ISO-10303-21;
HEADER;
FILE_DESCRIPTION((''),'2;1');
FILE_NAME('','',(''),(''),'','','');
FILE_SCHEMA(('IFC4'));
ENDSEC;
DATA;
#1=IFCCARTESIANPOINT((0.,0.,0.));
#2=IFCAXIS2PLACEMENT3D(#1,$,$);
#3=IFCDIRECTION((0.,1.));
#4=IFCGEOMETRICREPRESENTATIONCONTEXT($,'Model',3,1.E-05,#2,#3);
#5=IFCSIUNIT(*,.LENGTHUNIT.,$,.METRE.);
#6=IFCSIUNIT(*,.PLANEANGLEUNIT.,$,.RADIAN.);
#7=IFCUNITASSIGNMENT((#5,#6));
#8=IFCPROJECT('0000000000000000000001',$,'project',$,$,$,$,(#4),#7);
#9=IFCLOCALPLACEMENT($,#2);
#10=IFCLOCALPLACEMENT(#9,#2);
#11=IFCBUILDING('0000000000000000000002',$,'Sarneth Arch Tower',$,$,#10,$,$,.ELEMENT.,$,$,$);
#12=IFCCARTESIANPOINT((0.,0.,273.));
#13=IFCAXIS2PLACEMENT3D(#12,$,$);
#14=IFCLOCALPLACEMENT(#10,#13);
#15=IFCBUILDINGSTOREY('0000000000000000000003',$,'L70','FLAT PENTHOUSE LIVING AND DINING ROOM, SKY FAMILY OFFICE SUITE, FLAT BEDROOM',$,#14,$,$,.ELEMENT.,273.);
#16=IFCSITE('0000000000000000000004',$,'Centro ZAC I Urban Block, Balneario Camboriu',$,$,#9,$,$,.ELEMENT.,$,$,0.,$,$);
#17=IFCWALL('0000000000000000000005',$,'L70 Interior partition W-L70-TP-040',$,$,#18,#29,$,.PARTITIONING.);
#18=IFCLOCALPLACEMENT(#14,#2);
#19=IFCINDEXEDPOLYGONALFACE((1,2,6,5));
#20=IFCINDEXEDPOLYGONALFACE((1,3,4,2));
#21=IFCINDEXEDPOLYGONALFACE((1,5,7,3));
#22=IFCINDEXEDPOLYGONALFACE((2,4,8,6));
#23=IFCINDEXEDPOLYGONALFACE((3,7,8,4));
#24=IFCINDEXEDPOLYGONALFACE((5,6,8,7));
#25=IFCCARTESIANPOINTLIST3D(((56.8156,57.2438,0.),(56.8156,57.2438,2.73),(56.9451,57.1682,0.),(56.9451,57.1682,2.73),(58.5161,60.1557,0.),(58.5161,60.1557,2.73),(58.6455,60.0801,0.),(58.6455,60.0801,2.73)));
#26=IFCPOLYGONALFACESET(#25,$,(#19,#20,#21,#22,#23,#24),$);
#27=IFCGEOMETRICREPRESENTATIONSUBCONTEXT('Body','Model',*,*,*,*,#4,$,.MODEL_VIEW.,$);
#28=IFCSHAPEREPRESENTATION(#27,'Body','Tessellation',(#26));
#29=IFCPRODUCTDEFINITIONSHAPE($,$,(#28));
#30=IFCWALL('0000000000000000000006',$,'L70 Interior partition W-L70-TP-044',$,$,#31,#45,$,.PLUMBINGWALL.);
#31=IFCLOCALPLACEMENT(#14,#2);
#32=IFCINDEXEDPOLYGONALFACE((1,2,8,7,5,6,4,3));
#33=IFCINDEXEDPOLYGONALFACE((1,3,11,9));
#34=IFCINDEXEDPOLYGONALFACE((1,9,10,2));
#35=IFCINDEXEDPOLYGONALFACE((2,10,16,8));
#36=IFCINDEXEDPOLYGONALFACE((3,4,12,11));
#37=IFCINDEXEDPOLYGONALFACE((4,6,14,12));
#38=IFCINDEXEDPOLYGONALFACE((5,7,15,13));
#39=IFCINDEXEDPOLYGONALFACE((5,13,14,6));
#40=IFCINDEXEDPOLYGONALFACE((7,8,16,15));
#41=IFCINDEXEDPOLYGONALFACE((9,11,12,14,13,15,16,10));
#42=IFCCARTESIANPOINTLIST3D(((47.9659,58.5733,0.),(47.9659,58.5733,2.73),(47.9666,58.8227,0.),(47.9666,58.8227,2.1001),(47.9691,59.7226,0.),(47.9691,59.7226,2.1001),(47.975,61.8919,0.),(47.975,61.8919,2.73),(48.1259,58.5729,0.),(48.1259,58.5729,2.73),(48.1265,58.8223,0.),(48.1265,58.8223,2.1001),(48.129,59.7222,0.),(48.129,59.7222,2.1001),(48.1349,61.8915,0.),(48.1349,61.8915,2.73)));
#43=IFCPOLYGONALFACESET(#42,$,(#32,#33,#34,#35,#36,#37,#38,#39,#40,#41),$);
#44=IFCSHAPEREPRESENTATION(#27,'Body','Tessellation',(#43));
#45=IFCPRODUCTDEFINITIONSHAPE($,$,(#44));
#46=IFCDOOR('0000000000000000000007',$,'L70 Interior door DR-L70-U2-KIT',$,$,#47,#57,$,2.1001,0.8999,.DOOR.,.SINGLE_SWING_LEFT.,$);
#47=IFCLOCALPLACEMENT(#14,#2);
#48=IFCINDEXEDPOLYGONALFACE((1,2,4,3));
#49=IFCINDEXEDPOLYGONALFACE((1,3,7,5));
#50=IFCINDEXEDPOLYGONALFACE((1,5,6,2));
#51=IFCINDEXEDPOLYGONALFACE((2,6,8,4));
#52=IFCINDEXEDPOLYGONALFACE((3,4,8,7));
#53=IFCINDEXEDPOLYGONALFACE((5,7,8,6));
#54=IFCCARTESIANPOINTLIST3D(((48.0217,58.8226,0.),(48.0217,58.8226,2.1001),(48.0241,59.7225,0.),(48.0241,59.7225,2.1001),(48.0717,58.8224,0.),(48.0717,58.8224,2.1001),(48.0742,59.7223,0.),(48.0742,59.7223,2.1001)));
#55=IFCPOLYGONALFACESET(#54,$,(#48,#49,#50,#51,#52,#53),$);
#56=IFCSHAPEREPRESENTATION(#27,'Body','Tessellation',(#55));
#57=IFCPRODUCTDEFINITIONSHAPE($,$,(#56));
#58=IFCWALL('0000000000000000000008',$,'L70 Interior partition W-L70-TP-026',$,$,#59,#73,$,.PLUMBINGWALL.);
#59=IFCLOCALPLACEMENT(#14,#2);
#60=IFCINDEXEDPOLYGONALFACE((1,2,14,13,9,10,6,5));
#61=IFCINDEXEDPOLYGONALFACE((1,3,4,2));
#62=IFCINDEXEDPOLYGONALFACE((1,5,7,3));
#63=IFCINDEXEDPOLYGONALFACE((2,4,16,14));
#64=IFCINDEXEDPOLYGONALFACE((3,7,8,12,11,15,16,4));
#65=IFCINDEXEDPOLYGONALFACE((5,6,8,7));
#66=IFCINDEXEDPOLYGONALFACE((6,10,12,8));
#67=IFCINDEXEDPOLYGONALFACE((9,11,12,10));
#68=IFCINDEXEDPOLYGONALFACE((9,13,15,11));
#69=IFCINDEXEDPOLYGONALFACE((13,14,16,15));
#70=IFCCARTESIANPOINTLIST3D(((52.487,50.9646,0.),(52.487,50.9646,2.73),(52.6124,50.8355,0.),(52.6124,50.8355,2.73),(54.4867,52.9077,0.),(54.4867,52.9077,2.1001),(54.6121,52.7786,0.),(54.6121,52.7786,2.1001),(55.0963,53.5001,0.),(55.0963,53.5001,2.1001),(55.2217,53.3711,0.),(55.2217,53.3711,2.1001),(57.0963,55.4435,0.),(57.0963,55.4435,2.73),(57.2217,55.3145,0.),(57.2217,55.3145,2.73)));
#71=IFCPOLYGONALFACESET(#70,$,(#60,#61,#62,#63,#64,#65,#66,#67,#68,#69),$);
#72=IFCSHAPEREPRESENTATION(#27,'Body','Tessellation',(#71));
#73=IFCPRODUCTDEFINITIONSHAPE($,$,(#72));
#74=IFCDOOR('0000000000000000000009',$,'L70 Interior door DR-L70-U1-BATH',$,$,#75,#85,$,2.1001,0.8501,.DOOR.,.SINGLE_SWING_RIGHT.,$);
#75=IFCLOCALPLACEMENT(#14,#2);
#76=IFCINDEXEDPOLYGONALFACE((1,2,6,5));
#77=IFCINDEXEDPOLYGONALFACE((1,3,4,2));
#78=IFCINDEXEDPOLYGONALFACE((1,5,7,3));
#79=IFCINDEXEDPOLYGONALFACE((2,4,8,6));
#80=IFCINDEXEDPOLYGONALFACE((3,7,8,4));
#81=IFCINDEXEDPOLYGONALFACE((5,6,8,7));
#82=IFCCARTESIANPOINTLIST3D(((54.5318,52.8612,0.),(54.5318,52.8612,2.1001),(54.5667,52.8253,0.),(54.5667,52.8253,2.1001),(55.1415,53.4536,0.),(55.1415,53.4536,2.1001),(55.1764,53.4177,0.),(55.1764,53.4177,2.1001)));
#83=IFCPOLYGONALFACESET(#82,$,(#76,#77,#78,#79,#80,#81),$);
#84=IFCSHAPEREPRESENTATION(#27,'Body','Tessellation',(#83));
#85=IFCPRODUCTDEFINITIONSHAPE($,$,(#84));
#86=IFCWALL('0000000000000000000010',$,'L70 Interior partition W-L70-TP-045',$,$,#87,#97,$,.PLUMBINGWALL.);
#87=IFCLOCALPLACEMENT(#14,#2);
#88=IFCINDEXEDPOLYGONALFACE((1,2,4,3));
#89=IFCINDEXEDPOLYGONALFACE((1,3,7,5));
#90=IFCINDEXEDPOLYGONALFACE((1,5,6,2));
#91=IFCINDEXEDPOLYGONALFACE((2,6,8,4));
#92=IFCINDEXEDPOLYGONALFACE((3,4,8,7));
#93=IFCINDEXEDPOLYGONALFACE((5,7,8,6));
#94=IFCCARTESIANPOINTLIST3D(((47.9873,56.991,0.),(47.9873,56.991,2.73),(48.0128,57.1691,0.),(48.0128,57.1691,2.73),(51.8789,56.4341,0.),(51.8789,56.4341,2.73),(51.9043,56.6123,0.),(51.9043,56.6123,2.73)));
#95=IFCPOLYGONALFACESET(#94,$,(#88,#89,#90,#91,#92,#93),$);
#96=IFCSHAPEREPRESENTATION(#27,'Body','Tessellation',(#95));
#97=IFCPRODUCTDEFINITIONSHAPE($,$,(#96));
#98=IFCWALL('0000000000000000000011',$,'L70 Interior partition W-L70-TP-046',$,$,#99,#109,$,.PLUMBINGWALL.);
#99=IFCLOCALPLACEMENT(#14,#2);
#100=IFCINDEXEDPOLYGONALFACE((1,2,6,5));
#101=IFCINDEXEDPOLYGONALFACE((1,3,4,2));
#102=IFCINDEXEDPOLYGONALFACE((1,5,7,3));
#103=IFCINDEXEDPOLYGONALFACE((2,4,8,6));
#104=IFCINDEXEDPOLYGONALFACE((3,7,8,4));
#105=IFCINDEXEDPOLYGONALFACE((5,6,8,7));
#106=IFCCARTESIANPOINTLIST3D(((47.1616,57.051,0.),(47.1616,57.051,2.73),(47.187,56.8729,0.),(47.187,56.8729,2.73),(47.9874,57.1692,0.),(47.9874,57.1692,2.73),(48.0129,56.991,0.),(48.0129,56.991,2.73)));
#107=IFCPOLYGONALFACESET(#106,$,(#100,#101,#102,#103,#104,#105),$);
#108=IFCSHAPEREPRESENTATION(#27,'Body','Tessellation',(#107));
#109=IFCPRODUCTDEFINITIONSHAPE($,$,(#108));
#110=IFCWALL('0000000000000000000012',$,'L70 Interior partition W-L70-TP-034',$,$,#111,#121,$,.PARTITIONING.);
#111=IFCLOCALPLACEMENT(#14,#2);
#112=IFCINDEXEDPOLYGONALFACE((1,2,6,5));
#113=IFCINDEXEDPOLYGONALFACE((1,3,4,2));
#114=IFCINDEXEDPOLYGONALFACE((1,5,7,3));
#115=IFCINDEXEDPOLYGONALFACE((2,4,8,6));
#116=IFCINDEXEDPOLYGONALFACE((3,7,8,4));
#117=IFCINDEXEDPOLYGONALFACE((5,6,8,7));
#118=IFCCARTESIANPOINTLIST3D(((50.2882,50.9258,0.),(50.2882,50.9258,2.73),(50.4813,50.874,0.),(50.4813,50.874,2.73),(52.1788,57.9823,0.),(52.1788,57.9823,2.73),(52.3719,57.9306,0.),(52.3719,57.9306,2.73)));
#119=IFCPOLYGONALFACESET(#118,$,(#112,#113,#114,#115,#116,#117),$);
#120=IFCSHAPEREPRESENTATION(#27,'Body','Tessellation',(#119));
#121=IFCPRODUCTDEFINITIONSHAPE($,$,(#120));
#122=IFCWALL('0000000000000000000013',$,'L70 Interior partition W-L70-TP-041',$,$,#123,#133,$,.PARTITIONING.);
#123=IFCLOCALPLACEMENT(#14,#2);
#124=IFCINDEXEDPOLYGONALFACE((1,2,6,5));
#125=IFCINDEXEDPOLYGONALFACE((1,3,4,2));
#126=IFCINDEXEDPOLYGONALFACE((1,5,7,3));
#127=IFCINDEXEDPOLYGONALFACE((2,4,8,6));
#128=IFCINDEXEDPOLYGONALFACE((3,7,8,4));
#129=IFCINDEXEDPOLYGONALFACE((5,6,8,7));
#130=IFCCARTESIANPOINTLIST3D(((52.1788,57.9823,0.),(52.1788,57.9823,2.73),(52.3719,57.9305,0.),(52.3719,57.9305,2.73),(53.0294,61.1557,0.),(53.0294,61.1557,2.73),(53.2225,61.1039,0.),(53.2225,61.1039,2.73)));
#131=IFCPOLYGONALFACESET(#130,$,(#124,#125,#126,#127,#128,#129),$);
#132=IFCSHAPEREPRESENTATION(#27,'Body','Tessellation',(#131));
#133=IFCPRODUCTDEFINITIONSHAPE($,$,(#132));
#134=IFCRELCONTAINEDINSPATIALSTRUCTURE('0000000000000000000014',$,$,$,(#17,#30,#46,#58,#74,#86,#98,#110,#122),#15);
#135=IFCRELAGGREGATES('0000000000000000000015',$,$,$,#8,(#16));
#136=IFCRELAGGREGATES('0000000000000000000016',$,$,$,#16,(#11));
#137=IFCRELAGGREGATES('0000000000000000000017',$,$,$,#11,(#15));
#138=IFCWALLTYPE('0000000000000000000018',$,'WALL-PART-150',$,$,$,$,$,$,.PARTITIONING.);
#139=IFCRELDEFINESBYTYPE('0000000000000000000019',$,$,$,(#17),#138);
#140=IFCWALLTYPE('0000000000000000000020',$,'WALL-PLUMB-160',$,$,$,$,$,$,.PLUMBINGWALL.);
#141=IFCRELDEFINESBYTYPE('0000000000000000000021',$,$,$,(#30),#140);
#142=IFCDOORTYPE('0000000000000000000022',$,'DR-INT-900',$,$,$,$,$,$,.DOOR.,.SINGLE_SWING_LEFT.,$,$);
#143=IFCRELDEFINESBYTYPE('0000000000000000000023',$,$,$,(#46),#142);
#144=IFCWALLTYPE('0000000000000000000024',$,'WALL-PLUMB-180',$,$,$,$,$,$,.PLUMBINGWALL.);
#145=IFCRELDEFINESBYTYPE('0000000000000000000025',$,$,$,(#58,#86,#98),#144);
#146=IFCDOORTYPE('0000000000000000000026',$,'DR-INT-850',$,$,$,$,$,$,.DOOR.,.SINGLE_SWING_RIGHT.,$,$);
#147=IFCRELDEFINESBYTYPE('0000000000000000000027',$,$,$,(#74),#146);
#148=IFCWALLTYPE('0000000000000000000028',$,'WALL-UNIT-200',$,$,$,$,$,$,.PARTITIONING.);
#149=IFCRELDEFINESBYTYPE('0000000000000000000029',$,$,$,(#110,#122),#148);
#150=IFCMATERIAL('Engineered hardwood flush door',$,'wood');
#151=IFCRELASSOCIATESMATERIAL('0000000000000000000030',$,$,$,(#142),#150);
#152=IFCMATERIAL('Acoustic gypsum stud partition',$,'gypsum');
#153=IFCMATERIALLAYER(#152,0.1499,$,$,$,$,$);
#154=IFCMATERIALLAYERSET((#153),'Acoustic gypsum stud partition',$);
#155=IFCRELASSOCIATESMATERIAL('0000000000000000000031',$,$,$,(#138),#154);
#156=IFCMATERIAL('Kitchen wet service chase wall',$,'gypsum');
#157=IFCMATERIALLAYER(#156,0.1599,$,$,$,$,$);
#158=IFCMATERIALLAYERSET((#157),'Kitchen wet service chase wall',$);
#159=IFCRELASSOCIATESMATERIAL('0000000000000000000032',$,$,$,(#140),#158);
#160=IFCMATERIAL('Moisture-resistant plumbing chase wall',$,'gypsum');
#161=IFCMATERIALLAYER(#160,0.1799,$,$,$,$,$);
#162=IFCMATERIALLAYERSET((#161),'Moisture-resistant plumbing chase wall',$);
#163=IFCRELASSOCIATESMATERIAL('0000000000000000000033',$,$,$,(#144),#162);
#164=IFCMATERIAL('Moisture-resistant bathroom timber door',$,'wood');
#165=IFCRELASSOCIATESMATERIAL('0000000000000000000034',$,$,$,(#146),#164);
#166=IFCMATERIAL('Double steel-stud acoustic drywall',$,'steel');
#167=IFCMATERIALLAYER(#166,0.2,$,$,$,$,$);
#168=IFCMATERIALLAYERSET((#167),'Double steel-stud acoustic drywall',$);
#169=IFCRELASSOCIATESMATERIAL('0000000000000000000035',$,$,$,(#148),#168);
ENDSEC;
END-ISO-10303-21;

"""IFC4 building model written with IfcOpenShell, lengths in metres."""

from ifc_helpers import new_model, si_unit, direction, frame, frame_2d, origin, place, context, subcontext, project, spatial, rectangle, extrude, material, layer, layer_set, type_object, element, fill, save


model = new_model("IFC4")

# Units and contexts
model_context = context("Model", 3, precision=1e-05, world=origin(), true_north=direction((0.0, 1.0)))
body_context = subcontext(model_context, "Body", "Model", "MODEL_VIEW")
ifc_project = project(units=[si_unit("LENGTHUNIT", "METRE"), si_unit("PLANEANGLEUNIT", "RADIAN")], contexts=[model_context])

# Site, building, storey
site_placement = place(None, origin())
site = spatial("IfcSite", under=ifc_project, at=site_placement, Name="Centro ZAC I Urban Block, Balneario Camboriu", CompositionType="ELEMENT", RefElevation=0.0)
building_placement = place(site_placement, origin())
building = spatial("IfcBuilding", under=site, at=building_placement, Name="Sarneth Arch Tower", CompositionType="ELEMENT")
storey_placement = place(building_placement, frame((0.0, 0.0, 273.0)))
storey = spatial("IfcBuildingStorey", under=building, at=storey_placement, Name="L70", Description="FLAT PENTHOUSE LIVING AND DINING ROOM, SKY FAMILY OFFICE SUITE, FLAT BEDROOM", CompositionType="ELEMENT", Elevation=273.0)

# Shared definitions
ifc_material_1 = material(Name="Engineered hardwood flush door", Category="wood")
door_type_1 = type_object("IfcDoorType", Name="DR-INT-900", OperationType="SINGLE_SWING_LEFT", PredefinedType="DOOR", material=ifc_material_1)

# Shared definitions
ifc_material_2 = material(Name="Acoustic gypsum stud partition", Category="gypsum")
ifc_layer_1 = layer(ifc_material_2, 0.1499)
ifc_layer_set_1 = layer_set([ifc_layer_1], Name="Acoustic gypsum stud partition")
wall_type_1 = type_object("IfcWallType", Name="WALL-PART-150", PredefinedType="PARTITIONING", material=ifc_layer_set_1)

# Wall
wall_1_placement = place(storey_placement, frame((58.5808, 60.1179, 0.0), z_axis=(0.0, 0.0, 1.0), x_axis=(-0.504281, -0.86354, 0.0)))
element("IfcWall", 1, at=wall_1_placement, inside=storey, type_object=wall_type_1, Name="L70 Interior partition W-L70-TP-040", PredefinedType="PARTITIONING", context=body_context, shape_type="SweptSolid", body=[
    extrude(rectangle(XDim=3.3721, YDim=0.1499, at=frame_2d((1.686, 0.0))), origin(), (0.0, 0.0, 1.0), 2.73),
])

# Walls, openings, doors
ifc_material_3 = material(Name="Kitchen wet service chase wall", Category="gypsum")
ifc_layer_2 = layer(ifc_material_3, 0.1599)
ifc_layer_set_2 = layer_set([ifc_layer_2], Name="Kitchen wet service chase wall")
wall_type_2 = type_object("IfcWallType", Name="WALL-PLUMB-160", PredefinedType="PLUMBINGWALL", material=ifc_layer_set_2)
wall_2_placement = place(storey_placement, frame((48.0459, 58.5732, 0.0), z_axis=(0.0, 0.0, 1.0), x_axis=(0.002722, 0.999996, 0.0)))
wall_2 = element("IfcWall", 2, at=wall_2_placement, inside=storey, type_object=wall_type_2, Name="L70 Interior partition W-L70-TP-044", PredefinedType="PLUMBINGWALL", context=body_context, shape_type="SweptSolid", body=[
    extrude(rectangle(XDim=3.3186, YDim=0.1599, at=frame_2d((1.6592, 0.0))), origin(), (0.0, 0.0, 1.0), 2.73),
])
opening_1_placement = place(wall_2_placement, frame((0.2493, 0.0, 0.0)))
opening_1 = element("IfcOpeningElement", 3, at=opening_1_placement, cuts=wall_2, PredefinedType="OPENING", context=body_context, shape_type="SweptSolid", body=[
    extrude(rectangle(XDim=0.8999, YDim=2.1001, at=frame_2d((0.45, 1.05))), frame((0.0, 0.0898, 0.0), z_axis=(0.0, -1.0, 0.0), x_axis=(1.0, 0.0, 0.0)), (0.0, 0.0, 1.0), 0.1799),
])
door_1_placement = place(opening_1_placement, origin())
door_1 = element("IfcDoor", 4, at=door_1_placement, inside=storey, type_object=door_type_1, Name="L70 Interior door DR-L70-U2-KIT", OperationType="SINGLE_SWING_LEFT", OverallHeight=2.1001, OverallWidth=0.8999, PredefinedType="DOOR", context=body_context, shape_type="SweptSolid", body=[
    extrude(rectangle(XDim=0.8999, YDim=2.1001, at=frame_2d((0.45, 1.05))), frame((0.0, 0.0249, 0.0), z_axis=(0.0, -1.0, 0.0), x_axis=(1.0, 0.0, 0.0)), (0.0, 0.0, 1.0), 0.05),
])
fill(opening_1, door_1)
ifc_material_4 = material(Name="Moisture-resistant plumbing chase wall", Category="gypsum")
ifc_layer_3 = layer(ifc_material_4, 0.1799)
ifc_layer_set_3 = layer_set([ifc_layer_3], Name="Moisture-resistant plumbing chase wall")
wall_type_3 = type_object("IfcWallType", Name="WALL-PLUMB-180", PredefinedType="PLUMBINGWALL", material=ifc_layer_set_3)
wall_3_placement = place(storey_placement, frame((57.1589, 55.3789, 0.0), z_axis=(0.0, 0.0, 1.0), x_axis=(-0.717176, -0.696892, 0.0)))
wall_3 = element("IfcWall", 5, at=wall_3_placement, inside=storey, type_object=wall_type_3, Name="L70 Interior partition W-L70-TP-026", PredefinedType="PLUMBINGWALL", context=body_context, shape_type="SweptSolid", body=[
    extrude(rectangle(XDim=6.427, YDim=0.1799, at=frame_2d((3.2134, 0.0))), origin(), (0.0, 0.0, 1.0), 2.73),
])
opening_2_placement = place(wall_3_placement, frame((2.7886, 0.0, 0.0)))
opening_2 = element("IfcOpeningElement", 6, at=opening_2_placement, cuts=wall_3, PredefinedType="OPENING", context=body_context, shape_type="SweptSolid", body=[
    extrude(rectangle(XDim=0.8501, YDim=2.1001, at=frame_2d((0.425, 1.05))), frame((0.0, 0.0999, 0.0), z_axis=(0.0, -1.0, 0.0), x_axis=(1.0, 0.0, 0.0)), (0.0, 0.0, 1.0), 0.2),
])
ifc_material_5 = material(Name="Moisture-resistant bathroom timber door", Category="wood")
door_type_2 = type_object("IfcDoorType", Name="DR-INT-850", OperationType="SINGLE_SWING_RIGHT", PredefinedType="DOOR", material=ifc_material_5)
door_2_placement = place(opening_2_placement, origin())
door_2 = element("IfcDoor", 7, at=door_2_placement, inside=storey, type_object=door_type_2, Name="L70 Interior door DR-L70-U1-BATH", OperationType="SINGLE_SWING_RIGHT", OverallHeight=2.1001, OverallWidth=0.8501, PredefinedType="DOOR", context=body_context, shape_type="SweptSolid", body=[
    extrude(rectangle(XDim=0.8501, YDim=2.1001, at=frame_2d((0.425, 1.05))), frame((0.0, 0.0249, 0.0), z_axis=(0.0, -1.0, 0.0), x_axis=(1.0, 0.0, 0.0)), (0.0, 0.0, 1.0), 0.05),
])
fill(opening_2, door_2)

# Walls
wall_4_placement = place(storey_placement, frame((51.8916, 56.5232, 0.0), z_axis=(0.0, 0.0, 1.0), x_axis=(-0.989916, 0.141656, 0.0)))
element("IfcWall", 8, at=wall_4_placement, inside=storey, type_object=wall_type_3, Name="L70 Interior partition W-L70-TP-045", PredefinedType="PLUMBINGWALL", context=body_context, shape_type="SweptSolid", body=[
    extrude(rectangle(XDim=3.9312, YDim=0.1799, at=frame_2d((1.9656, 0.0))), origin(), (0.0, 0.0, 1.0), 2.73),
])
wall_5_placement = place(storey_placement, frame((48.0, 57.0801, 0.0), z_axis=(0.0, 0.0, 1.0), x_axis=(-0.98992, -0.141626, 0.0)))
element("IfcWall", 9, at=wall_5_placement, inside=storey, type_object=wall_type_3, Name="L70 Interior partition W-L70-TP-046", PredefinedType="PLUMBINGWALL", context=body_context, shape_type="SweptSolid", body=[
    extrude(rectangle(XDim=0.8342, YDim=0.1799, at=frame_2d((0.417, 0.0))), origin(), (0.0, 0.0, 1.0), 2.73),
])
ifc_material_6 = material(Name="Double steel-stud acoustic drywall", Category="steel")
ifc_layer_4 = layer(ifc_material_6, 0.2)
ifc_layer_set_4 = layer_set([ifc_layer_4], Name="Double steel-stud acoustic drywall")
wall_type_4 = type_object("IfcWallType", Name="WALL-UNIT-200", PredefinedType="PARTITIONING", material=ifc_layer_set_4)
wall_6_placement = place(storey_placement, frame((52.2754, 57.9565, 0.0), z_axis=(0.0, 0.0, 1.0), x_axis=(-0.258794, -0.965933, 0.0)))
element("IfcWall", 10, at=wall_6_placement, inside=storey, type_object=wall_type_4, Name="L70 Interior partition W-L70-TP-034", PredefinedType="PARTITIONING", context=body_context, shape_type="SweptSolid", body=[
    extrude(rectangle(XDim=7.3054, YDim=0.2, at=frame_2d((3.6528, 0.0))), origin(), (0.0, 0.0, 1.0), 2.73),
])
wall_7_placement = place(storey_placement, frame((52.2754, 57.9565, 0.0), z_axis=(0.0, 0.0, 1.0), x_axis=(0.258902, 0.965904, 0.0)))
element("IfcWall", 11, at=wall_7_placement, inside=storey, type_object=wall_type_4, Name="L70 Interior partition W-L70-TP-041", PredefinedType="PARTITIONING", context=body_context, shape_type="SweptSolid", body=[
    extrude(rectangle(XDim=3.2854, YDim=0.2, at=frame_2d((1.6426, 0.0))), origin(), (0.0, 0.0, 1.0), 2.73),
])

save(model, "model.ifc")
